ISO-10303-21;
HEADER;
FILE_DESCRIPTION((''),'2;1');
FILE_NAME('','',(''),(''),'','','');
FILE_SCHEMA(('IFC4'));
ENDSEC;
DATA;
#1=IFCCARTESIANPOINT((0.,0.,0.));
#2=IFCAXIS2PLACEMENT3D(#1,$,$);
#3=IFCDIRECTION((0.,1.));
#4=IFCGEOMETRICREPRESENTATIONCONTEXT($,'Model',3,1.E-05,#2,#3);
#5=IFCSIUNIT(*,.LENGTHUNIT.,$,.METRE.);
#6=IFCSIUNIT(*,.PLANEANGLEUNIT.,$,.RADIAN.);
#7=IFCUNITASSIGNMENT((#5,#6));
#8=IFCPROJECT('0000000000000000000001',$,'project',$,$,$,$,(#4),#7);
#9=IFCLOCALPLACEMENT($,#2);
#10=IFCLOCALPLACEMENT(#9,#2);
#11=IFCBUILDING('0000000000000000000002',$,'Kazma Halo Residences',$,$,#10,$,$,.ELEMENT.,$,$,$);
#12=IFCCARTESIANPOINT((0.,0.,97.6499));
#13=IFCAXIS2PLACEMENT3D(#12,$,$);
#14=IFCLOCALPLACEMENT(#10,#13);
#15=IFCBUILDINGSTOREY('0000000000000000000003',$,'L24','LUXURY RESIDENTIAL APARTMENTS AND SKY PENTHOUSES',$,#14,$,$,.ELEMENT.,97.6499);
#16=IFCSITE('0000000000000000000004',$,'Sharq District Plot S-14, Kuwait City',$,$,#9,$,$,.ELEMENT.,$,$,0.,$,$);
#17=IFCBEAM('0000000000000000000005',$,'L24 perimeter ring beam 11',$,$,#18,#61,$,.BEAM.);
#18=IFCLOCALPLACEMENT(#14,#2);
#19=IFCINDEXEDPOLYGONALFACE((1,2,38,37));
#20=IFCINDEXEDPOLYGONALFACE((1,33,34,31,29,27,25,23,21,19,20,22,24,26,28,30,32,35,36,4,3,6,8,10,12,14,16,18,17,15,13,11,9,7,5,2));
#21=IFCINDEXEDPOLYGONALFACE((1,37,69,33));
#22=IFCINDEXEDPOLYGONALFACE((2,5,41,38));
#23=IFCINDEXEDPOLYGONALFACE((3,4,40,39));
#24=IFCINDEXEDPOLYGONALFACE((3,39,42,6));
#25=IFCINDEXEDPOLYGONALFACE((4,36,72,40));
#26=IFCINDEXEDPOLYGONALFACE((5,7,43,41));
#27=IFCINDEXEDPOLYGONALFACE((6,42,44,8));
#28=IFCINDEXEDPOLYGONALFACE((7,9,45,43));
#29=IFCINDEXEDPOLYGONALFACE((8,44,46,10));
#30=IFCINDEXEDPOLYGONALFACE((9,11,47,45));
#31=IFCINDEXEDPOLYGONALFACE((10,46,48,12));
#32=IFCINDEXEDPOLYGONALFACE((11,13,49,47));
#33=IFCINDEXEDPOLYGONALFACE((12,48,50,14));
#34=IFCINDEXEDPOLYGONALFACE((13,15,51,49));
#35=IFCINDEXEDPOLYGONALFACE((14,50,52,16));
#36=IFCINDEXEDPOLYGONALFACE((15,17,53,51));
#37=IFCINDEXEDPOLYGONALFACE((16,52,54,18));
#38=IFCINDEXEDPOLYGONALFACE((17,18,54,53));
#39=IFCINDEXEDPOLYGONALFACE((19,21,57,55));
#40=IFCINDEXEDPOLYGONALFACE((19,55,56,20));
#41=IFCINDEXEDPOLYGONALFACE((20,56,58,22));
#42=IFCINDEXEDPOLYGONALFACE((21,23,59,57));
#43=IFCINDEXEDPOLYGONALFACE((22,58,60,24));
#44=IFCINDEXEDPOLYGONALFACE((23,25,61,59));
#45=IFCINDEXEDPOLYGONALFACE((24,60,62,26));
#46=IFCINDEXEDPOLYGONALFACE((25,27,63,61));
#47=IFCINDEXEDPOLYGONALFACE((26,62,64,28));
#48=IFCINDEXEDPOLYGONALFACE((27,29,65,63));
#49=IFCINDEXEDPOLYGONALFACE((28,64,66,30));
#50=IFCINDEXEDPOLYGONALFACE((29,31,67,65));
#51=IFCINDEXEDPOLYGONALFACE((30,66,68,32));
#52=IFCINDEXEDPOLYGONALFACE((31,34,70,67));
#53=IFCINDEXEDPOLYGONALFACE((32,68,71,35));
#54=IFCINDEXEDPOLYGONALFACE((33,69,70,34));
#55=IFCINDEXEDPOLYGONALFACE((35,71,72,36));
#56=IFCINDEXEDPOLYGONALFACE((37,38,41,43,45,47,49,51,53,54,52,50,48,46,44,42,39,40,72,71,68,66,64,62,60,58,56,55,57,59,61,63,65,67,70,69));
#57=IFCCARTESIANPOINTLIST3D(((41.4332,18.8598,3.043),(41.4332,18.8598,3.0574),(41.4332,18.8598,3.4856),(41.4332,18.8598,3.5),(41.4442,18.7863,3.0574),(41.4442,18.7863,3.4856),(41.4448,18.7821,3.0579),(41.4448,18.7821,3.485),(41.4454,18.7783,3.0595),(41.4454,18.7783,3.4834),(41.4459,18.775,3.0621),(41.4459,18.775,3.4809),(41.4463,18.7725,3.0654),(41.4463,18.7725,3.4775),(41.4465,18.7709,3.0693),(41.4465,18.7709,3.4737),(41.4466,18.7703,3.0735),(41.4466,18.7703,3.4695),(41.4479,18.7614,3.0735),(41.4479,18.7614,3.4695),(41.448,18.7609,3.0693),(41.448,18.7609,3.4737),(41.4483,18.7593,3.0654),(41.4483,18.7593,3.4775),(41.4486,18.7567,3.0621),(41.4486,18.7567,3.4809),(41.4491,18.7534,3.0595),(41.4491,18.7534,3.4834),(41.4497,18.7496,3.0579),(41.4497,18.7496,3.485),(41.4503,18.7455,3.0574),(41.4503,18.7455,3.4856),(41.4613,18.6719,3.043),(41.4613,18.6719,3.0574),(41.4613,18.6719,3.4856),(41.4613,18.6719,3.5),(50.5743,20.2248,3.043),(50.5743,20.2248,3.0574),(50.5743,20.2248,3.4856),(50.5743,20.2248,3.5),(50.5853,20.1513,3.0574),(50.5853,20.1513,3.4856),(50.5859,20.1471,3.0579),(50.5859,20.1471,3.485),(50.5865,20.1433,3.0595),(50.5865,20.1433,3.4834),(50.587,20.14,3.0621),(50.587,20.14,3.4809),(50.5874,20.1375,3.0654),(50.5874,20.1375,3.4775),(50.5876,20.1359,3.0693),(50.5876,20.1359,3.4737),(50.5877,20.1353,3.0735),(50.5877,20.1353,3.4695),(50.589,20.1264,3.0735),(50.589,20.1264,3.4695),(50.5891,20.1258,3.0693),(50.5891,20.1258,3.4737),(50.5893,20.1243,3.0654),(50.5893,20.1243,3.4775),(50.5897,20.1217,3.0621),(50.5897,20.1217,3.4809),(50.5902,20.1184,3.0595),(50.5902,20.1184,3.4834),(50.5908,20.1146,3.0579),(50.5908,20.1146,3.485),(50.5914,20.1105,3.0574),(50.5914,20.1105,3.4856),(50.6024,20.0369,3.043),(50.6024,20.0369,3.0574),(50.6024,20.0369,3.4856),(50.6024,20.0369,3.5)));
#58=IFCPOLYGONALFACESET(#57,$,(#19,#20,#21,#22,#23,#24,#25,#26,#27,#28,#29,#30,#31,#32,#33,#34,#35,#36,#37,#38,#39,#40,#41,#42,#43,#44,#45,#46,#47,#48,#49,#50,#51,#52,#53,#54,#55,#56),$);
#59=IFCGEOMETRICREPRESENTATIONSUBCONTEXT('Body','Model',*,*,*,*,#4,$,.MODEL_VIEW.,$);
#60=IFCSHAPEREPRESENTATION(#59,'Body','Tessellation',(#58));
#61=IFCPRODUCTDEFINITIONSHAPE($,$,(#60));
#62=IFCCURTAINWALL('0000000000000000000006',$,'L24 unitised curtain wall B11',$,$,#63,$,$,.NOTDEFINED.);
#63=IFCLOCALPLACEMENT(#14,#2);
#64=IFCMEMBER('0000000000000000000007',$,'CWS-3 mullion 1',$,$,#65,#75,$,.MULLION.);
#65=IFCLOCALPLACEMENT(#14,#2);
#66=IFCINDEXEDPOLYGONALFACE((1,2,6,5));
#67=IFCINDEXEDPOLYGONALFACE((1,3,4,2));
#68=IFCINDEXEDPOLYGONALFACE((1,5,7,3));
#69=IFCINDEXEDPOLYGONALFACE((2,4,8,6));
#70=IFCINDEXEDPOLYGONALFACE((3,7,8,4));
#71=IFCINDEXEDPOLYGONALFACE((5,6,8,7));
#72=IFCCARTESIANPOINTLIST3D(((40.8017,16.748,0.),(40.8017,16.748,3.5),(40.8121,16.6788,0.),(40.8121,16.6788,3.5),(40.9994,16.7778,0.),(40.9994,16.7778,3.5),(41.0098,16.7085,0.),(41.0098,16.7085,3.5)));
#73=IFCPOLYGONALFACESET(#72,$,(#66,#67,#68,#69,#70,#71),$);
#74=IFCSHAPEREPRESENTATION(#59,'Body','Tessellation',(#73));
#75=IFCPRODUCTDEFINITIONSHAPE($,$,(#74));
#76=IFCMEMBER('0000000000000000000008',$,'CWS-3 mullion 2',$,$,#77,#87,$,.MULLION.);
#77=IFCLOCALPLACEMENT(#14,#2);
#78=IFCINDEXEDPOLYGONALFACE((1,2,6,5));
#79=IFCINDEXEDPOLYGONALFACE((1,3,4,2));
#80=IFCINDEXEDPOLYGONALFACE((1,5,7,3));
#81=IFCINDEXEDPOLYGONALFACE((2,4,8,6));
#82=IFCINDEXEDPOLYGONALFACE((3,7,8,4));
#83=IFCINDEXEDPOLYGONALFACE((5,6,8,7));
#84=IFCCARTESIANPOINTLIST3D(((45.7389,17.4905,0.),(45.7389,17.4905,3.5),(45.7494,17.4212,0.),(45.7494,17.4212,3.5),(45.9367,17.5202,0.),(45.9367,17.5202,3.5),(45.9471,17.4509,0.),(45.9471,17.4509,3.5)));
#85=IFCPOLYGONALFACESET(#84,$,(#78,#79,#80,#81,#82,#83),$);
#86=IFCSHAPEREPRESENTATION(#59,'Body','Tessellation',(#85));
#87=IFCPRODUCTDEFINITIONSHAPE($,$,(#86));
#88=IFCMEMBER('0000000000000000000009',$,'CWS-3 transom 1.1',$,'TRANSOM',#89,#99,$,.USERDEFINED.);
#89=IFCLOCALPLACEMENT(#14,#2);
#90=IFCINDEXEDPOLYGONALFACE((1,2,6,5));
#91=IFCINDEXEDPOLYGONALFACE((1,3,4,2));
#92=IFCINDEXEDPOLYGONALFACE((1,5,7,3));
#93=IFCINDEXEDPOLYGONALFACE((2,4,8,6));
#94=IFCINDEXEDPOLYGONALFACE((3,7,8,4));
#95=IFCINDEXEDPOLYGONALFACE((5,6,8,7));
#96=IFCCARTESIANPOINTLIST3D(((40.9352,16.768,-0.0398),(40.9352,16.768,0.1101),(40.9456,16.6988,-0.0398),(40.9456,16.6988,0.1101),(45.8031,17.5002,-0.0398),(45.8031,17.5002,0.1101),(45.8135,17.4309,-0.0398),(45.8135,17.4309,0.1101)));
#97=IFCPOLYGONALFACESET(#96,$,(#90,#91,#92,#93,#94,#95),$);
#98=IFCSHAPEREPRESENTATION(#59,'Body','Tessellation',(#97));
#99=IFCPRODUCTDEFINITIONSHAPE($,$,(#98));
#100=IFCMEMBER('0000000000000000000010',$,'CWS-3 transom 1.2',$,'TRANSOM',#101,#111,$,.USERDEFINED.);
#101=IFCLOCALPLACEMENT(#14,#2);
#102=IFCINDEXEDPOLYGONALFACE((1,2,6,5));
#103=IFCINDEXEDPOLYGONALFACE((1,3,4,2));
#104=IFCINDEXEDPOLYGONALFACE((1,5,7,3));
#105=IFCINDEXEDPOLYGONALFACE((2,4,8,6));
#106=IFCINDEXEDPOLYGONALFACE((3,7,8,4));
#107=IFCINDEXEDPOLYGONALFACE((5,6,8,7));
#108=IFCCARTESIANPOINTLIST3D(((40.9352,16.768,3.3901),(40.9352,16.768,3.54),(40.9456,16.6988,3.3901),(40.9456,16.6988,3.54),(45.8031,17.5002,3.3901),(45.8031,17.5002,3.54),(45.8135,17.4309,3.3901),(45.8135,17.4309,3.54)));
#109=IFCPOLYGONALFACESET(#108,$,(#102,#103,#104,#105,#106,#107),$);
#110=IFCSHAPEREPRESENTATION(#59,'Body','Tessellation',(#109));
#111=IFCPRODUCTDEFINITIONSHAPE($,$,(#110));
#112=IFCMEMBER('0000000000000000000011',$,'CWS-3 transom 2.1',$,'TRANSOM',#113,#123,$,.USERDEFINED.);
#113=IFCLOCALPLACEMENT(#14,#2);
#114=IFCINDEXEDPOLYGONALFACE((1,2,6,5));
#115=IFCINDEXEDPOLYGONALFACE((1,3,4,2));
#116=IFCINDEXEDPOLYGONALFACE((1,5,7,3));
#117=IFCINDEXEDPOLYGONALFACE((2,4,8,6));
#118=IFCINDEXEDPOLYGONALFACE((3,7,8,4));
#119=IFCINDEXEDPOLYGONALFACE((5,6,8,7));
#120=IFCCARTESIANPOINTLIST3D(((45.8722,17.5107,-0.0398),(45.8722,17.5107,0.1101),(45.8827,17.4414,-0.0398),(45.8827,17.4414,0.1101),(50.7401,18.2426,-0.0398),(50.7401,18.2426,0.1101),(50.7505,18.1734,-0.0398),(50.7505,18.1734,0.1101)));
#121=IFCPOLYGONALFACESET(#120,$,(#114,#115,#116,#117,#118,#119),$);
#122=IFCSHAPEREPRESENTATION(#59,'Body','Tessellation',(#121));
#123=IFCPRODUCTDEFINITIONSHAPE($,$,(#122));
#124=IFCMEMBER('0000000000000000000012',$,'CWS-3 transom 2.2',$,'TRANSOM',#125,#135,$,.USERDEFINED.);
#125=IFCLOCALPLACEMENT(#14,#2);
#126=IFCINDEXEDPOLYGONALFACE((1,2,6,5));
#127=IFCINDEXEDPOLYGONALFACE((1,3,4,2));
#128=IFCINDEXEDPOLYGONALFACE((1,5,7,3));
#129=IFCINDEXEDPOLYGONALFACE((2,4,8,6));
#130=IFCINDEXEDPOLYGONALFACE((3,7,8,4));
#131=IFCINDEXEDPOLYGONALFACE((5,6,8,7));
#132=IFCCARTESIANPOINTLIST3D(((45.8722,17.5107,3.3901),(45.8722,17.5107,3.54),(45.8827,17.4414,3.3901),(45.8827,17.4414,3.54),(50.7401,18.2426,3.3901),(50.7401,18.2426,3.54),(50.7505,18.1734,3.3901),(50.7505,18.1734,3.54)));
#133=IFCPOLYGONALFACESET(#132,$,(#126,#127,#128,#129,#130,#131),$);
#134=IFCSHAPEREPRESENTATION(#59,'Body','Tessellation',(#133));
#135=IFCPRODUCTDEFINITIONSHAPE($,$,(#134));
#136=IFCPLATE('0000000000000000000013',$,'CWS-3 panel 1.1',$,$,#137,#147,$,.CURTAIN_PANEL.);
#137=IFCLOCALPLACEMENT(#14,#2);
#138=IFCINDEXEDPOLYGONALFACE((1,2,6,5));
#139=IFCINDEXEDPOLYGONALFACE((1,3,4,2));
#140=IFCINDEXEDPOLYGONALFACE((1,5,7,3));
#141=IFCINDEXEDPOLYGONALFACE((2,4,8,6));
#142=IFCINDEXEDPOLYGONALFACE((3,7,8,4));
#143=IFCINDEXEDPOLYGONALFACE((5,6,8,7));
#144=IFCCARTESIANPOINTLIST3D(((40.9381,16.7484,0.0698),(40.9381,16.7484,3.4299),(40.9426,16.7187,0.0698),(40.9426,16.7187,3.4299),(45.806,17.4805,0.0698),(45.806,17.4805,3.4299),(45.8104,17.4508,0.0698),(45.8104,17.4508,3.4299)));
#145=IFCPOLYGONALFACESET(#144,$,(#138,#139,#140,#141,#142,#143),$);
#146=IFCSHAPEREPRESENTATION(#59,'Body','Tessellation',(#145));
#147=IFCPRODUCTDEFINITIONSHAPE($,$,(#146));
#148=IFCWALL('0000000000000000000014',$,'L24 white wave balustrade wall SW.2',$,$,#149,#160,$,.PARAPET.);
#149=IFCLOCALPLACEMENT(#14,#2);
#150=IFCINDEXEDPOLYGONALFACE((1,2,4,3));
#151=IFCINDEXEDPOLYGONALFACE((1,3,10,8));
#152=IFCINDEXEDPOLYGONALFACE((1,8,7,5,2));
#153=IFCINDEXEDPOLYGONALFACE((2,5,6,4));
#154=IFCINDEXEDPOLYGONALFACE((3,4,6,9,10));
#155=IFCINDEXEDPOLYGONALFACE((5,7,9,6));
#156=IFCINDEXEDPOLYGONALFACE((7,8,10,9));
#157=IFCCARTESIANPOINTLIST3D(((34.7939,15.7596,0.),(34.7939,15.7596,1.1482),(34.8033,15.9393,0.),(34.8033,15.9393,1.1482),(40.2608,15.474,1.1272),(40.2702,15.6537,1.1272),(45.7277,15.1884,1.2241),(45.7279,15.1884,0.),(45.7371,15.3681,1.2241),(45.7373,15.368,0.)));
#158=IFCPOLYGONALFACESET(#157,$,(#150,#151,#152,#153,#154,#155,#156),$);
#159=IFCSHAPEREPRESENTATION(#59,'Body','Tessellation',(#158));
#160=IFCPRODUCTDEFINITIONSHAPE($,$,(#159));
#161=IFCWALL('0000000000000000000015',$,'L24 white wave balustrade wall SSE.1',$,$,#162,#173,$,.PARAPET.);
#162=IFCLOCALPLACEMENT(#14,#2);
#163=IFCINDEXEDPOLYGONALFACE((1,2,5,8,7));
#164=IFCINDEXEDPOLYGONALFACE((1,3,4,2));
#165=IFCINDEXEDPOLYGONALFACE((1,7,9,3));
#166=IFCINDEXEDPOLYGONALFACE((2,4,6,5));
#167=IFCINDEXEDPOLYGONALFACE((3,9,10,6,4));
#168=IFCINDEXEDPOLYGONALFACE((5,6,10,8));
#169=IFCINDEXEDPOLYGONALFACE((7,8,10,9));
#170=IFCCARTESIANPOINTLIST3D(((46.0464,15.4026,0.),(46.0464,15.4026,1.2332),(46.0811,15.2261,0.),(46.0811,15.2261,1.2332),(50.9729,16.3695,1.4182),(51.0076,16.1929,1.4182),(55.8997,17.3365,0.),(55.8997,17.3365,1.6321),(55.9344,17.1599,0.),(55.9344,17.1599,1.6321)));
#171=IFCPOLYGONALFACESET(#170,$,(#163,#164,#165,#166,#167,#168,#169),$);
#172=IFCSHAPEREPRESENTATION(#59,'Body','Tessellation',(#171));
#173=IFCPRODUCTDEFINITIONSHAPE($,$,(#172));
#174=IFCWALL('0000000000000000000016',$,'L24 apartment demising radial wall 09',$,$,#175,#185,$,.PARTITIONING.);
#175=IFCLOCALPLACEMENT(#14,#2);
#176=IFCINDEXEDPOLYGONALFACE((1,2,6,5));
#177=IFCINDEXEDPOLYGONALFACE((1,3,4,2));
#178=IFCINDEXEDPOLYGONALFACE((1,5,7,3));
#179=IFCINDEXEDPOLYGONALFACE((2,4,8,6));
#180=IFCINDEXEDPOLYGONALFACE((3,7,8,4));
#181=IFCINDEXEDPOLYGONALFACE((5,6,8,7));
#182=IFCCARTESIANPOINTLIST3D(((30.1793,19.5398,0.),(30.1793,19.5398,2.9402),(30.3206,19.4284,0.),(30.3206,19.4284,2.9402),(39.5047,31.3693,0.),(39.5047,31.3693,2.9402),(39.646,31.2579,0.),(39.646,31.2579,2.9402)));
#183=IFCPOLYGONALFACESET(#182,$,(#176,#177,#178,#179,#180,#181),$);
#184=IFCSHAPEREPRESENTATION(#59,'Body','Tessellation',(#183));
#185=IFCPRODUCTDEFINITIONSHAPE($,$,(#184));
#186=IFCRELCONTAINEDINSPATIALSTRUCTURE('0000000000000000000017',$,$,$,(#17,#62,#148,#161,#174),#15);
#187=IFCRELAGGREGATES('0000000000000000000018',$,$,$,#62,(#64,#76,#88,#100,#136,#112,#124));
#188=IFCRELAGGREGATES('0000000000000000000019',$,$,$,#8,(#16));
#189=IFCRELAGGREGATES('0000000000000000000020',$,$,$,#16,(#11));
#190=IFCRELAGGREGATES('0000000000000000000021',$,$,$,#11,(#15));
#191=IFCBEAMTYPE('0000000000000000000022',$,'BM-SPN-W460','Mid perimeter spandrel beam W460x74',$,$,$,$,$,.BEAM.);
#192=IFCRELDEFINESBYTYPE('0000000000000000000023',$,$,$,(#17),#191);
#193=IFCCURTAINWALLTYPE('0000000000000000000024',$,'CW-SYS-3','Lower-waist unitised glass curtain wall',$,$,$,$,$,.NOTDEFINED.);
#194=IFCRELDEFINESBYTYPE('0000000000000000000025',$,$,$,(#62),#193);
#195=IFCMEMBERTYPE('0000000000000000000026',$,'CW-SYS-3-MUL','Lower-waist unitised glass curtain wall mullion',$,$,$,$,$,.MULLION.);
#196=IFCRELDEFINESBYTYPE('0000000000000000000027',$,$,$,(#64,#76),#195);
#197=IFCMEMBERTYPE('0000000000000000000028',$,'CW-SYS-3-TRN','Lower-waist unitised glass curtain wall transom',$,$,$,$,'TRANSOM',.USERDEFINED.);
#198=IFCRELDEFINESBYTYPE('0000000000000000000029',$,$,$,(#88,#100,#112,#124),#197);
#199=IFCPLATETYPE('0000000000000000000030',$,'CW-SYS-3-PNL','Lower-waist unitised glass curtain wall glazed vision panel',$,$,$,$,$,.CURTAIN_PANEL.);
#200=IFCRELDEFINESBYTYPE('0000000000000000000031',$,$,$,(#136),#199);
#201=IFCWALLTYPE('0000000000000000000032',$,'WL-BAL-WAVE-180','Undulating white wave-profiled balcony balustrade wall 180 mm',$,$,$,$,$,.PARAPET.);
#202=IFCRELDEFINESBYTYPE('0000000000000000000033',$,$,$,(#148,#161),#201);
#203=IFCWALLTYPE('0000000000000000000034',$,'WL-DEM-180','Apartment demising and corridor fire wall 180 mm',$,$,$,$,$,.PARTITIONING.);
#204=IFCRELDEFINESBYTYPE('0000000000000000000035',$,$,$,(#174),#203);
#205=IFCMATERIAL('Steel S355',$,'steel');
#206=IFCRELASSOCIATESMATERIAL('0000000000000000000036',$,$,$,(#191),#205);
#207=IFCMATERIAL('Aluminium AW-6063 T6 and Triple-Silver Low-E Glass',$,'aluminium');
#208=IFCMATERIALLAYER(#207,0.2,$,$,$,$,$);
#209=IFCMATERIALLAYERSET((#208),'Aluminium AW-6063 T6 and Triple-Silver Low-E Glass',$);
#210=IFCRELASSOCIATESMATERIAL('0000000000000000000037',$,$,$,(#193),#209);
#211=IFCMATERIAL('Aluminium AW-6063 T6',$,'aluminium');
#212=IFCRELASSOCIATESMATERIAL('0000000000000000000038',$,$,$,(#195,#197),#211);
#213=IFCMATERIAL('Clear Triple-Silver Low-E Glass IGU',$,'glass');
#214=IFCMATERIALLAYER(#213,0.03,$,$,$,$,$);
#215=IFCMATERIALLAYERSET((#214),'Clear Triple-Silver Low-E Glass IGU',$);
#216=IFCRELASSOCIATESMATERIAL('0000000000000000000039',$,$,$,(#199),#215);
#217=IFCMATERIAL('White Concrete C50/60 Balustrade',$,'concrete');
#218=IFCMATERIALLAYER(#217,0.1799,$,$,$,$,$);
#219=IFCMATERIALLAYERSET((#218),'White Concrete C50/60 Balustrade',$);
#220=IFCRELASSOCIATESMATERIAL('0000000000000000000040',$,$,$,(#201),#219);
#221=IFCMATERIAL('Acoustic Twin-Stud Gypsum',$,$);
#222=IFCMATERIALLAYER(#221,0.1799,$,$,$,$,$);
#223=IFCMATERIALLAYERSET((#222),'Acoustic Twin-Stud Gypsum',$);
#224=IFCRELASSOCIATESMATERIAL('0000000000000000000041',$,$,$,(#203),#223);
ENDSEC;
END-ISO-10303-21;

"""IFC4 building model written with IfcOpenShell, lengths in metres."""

from ifc_helpers import new_model, si_unit, direction, frame, frame_2d, origin, origin_2d, place, context, subcontext, project, spatial, polyline, rectangle, i_section, outline, extrude, material, layer, layer_set, material_profile, profile_set, type_object, element, aggregate, save


model = new_model("IFC4")

# Units and contexts
model_context = context("Model", 3, precision=1e-05, world=origin(), true_north=direction((0.0, 1.0)))
body_context = subcontext(model_context, "Body", "Model", "MODEL_VIEW")
ifc_project = project(units=[si_unit("LENGTHUNIT", "METRE"), si_unit("PLANEANGLEUNIT", "RADIAN")], contexts=[model_context])

# Site, building, storey
site_placement = place(None, origin())
site = spatial("IfcSite", under=ifc_project, at=site_placement, Name="Sharq District Plot S-14, Kuwait City", CompositionType="ELEMENT", RefElevation=0.0)
building_placement = place(site_placement, origin())
building = spatial("IfcBuilding", under=site, at=building_placement, Name="Kazma Halo Residences", CompositionType="ELEMENT")
storey_placement = place(building_placement, frame((0.0, 0.0, 97.6499)))
storey = spatial("IfcBuildingStorey", under=building, at=storey_placement, Name="L24", Description="LUXURY RESIDENTIAL APARTMENTS AND SKY PENTHOUSES", CompositionType="ELEMENT", Elevation=97.6499)

# Beam
ifc_material_1 = material(Name="Steel S355", Category="steel")
ifc_material_profile_1 = material_profile(ifc_material_1, i_section(OverallWidth=0.1899, OverallDepth=0.457, WebThickness=0.009, FlangeThickness=0.0144, FilletRadius=0.0161, at=origin_2d()), Name="W460x74")
ifc_profile_set_1 = profile_set([ifc_material_profile_1], Name="Steel S355")
beam_type_1 = type_object("IfcBeamType", Name="BM-SPN-W460", Description="Mid perimeter spandrel beam W460x74", PredefinedType="BEAM", material=ifc_profile_set_1)
beam_1_placement = place(storey_placement, frame((41.4473, 18.7659, 3.2715), z_axis=(0.989034, 0.147687, 0.0), x_axis=(-0.147687, 0.989034, 0.0)))
element("IfcBeam", 1, at=beam_1_placement, inside=storey, type_object=beam_type_1, Name="L24 perimeter ring beam 11", PredefinedType="BEAM", context=body_context, shape_type="SweptSolid", body=[
    extrude(i_section(OverallWidth=0.1899, OverallDepth=0.457, WebThickness=0.009, FlangeThickness=0.0144, FilletRadius=0.0161, at=origin_2d()), origin(), (0.0, 0.0, 1.0), 9.2424),
])

# Curtain wall, members, plate
ifc_material_2 = material(Name="Aluminium AW-6063 T6 and Triple-Silver Low-E Glass", Category="aluminium")
ifc_layer_1 = layer(ifc_material_2, 0.2)
ifc_layer_set_1 = layer_set([ifc_layer_1], Name="Aluminium AW-6063 T6 and Triple-Silver Low-E Glass")
curtain_wall_type = type_object("IfcCurtainWallType", Name="CW-SYS-3", Description="Lower-waist unitised glass curtain wall", PredefinedType="NOTDEFINED", material=ifc_layer_set_1)
curtain_wall_placement = place(storey_placement, origin())
curtain_wall = element("IfcCurtainWall", 2, at=curtain_wall_placement, inside=storey, type_object=curtain_wall_type, Name="L24 unitised curtain wall B11", PredefinedType="NOTDEFINED")
ifc_material_3 = material(Name="Aluminium AW-6063 T6", Category="aluminium")
ifc_material_profile_2 = material_profile(ifc_material_3, rectangle(XDim=0.0701, YDim=0.2, at=origin_2d()), Name="CWM-70x200")
ifc_profile_set_2 = profile_set([ifc_material_profile_2], Name="Aluminium AW-6063 T6")
member_type_1 = type_object("IfcMemberType", Name="CW-SYS-3-MUL", Description="Lower-waist unitised glass curtain wall mullion", PredefinedType="MULLION", material=ifc_profile_set_2)
member_1_placement = place(storey_placement, frame((40.9058, 16.7283, 0.0), z_axis=(0.0, 0.0, 1.0), x_axis=(-0.148717, 0.98888, 0.0)))
member_1 = element("IfcMember", 3, at=member_1_placement, type_object=member_type_1, Name="CWS-3 mullion 1", PredefinedType="MULLION", context=body_context, shape_type="SweptSolid", body=[
    extrude(rectangle(XDim=0.0701, YDim=0.2, at=origin_2d()), origin(), (0.0, 0.0, 1.0), 3.5),
])
member_2_placement = place(storey_placement, frame((45.843, 17.4707, 0.0), z_axis=(0.0, 0.0, 1.0), x_axis=(-0.148717, 0.98888, 0.0)))
member_2 = element("IfcMember", 4, at=member_2_placement, type_object=member_type_1, Name="CWS-3 mullion 2", PredefinedType="MULLION", context=body_context, shape_type="SweptSolid", body=[
    extrude(rectangle(XDim=0.0701, YDim=0.2, at=origin_2d()), origin(), (0.0, 0.0, 1.0), 3.5),
])
ifc_material_profile_3 = material_profile(ifc_material_3, rectangle(XDim=0.0701, YDim=0.1499, at=origin_2d()), Name="CWT-70x150")
ifc_profile_set_3 = profile_set([ifc_material_profile_3], Name="Aluminium AW-6063 T6")
member_type_2 = type_object("IfcMemberType", Name="CW-SYS-3-TRN", Description="Lower-waist unitised glass curtain wall transom", ElementType="TRANSOM", PredefinedType="USERDEFINED", material=ifc_profile_set_3)
member_3_placement = place(storey_placement, frame((40.9404, 16.7334, 0.0352), z_axis=(0.988877, 0.148736, 0.0), x_axis=(-0.148736, 0.988877, 0.0)))
member_3 = element("IfcMember", 5, at=member_3_placement, type_object=member_type_2, Name="CWS-3 transom 1.1", ObjectType="TRANSOM", PredefinedType="USERDEFINED", context=body_context, shape_type="SweptSolid", body=[
    extrude(rectangle(XDim=0.0701, YDim=0.1499, at=origin_2d()), origin(), (0.0, 0.0, 1.0), 4.9226),
])
member_4_placement = place(storey_placement, frame((40.9404, 16.7334, 3.4651), z_axis=(0.988877, 0.148736, 0.0), x_axis=(-0.148736, 0.988877, 0.0)))
member_4 = element("IfcMember", 6, at=member_4_placement, type_object=member_type_2, Name="CWS-3 transom 1.2", ObjectType="TRANSOM", PredefinedType="USERDEFINED", context=body_context, shape_type="SweptSolid", body=[
    extrude(rectangle(XDim=0.0701, YDim=0.1499, at=origin_2d()), origin(), (0.0, 0.0, 1.0), 4.9226),
])
member_5_placement = place(storey_placement, frame((45.8774, 17.4761, 0.0352), z_axis=(0.988884, 0.148687, 0.0), x_axis=(-0.148687, 0.988884, 0.0)))
member_5 = element("IfcMember", 7, at=member_5_placement, type_object=member_type_2, Name="CWS-3 transom 2.1", ObjectType="TRANSOM", PredefinedType="USERDEFINED", context=body_context, shape_type="SweptSolid", body=[
    extrude(rectangle(XDim=0.0701, YDim=0.1499, at=origin_2d()), origin(), (0.0, 0.0, 1.0), 4.9226),
])
member_6_placement = place(storey_placement, frame((45.8774, 17.4761, 3.4651), z_axis=(0.988884, 0.148687, 0.0), x_axis=(-0.148687, 0.988884, 0.0)))
member_6 = element("IfcMember", 8, at=member_6_placement, type_object=member_type_2, Name="CWS-3 transom 2.2", ObjectType="TRANSOM", PredefinedType="USERDEFINED", context=body_context, shape_type="SweptSolid", body=[
    extrude(rectangle(XDim=0.0701, YDim=0.1499, at=origin_2d()), origin(), (0.0, 0.0, 1.0), 4.9226),
])
ifc_material_4 = material(Name="Clear Triple-Silver Low-E Glass IGU", Category="glass")
ifc_layer_2 = layer(ifc_material_4, 0.03)
ifc_layer_set_2 = layer_set([ifc_layer_2], Name="Clear Triple-Silver Low-E Glass IGU")
plate_type = type_object("IfcPlateType", Name="CW-SYS-3-PNL", Description="Lower-waist unitised glass curtain wall glazed vision panel", PredefinedType="CURTAIN_PANEL", material=ifc_layer_set_2)
plate_placement = place(storey_placement, frame((43.3743, 17.0996, 0.0698), z_axis=(0.0, 0.0, 1.0), x_axis=(0.98888, 0.148717, 0.0)))
plate = element("IfcPlate", 9, at=plate_placement, type_object=plate_type, Name="CWS-3 panel 1.1", PredefinedType="CURTAIN_PANEL", context=body_context, shape_type="SweptSolid", body=[
    extrude(rectangle(XDim=4.9226, YDim=0.03, at=origin_2d()), origin(), (0.0, 0.0, 1.0), 3.3601),
])
aggregate(curtain_wall, [member_1, member_2, member_3, member_4, plate, member_5, member_6])

# Walls
ifc_material_5 = material(Name="White Concrete C50/60 Balustrade", Category="concrete")
ifc_layer_3 = layer(ifc_material_5, 0.1799)
ifc_layer_set_3 = layer_set([ifc_layer_3], Name="White Concrete C50/60 Balustrade")
wall_type_1 = type_object("IfcWallType", Name="WL-BAL-WAVE-180", Description="Undulating white wave-profiled balcony balustrade wall 180 mm", PredefinedType="PARAPET", material=ifc_layer_set_3)
wall_1_placement = place(storey_placement, frame((34.7986, 15.8496, 0.0), z_axis=(0.0, 0.0, 1.0), x_axis=(0.998638, -0.052177, 0.0)))
element("IfcWall", 10, at=wall_1_placement, inside=storey, type_object=wall_type_1, Name="L24 white wave balustrade wall SW.2", PredefinedType="PARAPET", context=body_context, shape_type="SweptSolid", body=[
    extrude(outline(polyline([(0.0, 0.0), (10.949, 0.0), (10.9487, 1.2241), (5.4744, 1.1272), (0.0, 1.1482), (0.0, 0.0)])), frame((0.0, 0.0898, 0.0), z_axis=(0.0, -1.0, 0.0), x_axis=(1.0, 0.0, 0.0)), (0.0, 0.0, 1.0), 0.1799),
])
wall_2_placement = place(storey_placement, frame((46.0637, 15.3145, 0.0), z_axis=(0.0, 0.0, 1.0), x_axis=(0.981279, 0.192589, 0.0)))
element("IfcWall", 11, at=wall_2_placement, inside=storey, type_object=wall_type_1, Name="L24 white wave balustrade wall SSE.1", PredefinedType="PARAPET", context=body_context, shape_type="SweptSolid", body=[
    extrude(outline(polyline([(0.0, 0.0), (10.0413, 0.0), (10.0413, 1.6321), (5.0205, 1.4182), (0.0, 1.2332), (0.0, 0.0)])), frame((0.0, 0.0898, 0.0), z_axis=(0.0, -1.0, 0.0), x_axis=(1.0, 0.0, 0.0)), (0.0, 0.0, 1.0), 0.1799),
])
ifc_material_6 = material(Name="Acoustic Twin-Stud Gypsum")
ifc_layer_4 = layer(ifc_material_6, 0.1799)
ifc_layer_set_4 = layer_set([ifc_layer_4], Name="Acoustic Twin-Stud Gypsum")
wall_type_2 = type_object("IfcWallType", Name="WL-DEM-180", Description="Apartment demising and corridor fire wall 180 mm", PredefinedType="PARTITIONING", material=ifc_layer_set_4)
wall_3_placement = place(storey_placement, frame((39.5754, 31.3137, 0.0), z_axis=(0.0, 0.0, 1.0), x_axis=(-0.619083, -0.785325, 0.0)))
element("IfcWall", 12, at=wall_3_placement, inside=storey, type_object=wall_type_2, Name="L24 apartment demising radial wall 09", PredefinedType="PARTITIONING", context=body_context, shape_type="SweptSolid", body=[
    extrude(rectangle(XDim=15.0632, YDim=0.1799, at=frame_2d((7.5317, 0.0))), origin(), (0.0, 0.0, 1.0), 2.9402),
])

save(model, "model.ifc")
